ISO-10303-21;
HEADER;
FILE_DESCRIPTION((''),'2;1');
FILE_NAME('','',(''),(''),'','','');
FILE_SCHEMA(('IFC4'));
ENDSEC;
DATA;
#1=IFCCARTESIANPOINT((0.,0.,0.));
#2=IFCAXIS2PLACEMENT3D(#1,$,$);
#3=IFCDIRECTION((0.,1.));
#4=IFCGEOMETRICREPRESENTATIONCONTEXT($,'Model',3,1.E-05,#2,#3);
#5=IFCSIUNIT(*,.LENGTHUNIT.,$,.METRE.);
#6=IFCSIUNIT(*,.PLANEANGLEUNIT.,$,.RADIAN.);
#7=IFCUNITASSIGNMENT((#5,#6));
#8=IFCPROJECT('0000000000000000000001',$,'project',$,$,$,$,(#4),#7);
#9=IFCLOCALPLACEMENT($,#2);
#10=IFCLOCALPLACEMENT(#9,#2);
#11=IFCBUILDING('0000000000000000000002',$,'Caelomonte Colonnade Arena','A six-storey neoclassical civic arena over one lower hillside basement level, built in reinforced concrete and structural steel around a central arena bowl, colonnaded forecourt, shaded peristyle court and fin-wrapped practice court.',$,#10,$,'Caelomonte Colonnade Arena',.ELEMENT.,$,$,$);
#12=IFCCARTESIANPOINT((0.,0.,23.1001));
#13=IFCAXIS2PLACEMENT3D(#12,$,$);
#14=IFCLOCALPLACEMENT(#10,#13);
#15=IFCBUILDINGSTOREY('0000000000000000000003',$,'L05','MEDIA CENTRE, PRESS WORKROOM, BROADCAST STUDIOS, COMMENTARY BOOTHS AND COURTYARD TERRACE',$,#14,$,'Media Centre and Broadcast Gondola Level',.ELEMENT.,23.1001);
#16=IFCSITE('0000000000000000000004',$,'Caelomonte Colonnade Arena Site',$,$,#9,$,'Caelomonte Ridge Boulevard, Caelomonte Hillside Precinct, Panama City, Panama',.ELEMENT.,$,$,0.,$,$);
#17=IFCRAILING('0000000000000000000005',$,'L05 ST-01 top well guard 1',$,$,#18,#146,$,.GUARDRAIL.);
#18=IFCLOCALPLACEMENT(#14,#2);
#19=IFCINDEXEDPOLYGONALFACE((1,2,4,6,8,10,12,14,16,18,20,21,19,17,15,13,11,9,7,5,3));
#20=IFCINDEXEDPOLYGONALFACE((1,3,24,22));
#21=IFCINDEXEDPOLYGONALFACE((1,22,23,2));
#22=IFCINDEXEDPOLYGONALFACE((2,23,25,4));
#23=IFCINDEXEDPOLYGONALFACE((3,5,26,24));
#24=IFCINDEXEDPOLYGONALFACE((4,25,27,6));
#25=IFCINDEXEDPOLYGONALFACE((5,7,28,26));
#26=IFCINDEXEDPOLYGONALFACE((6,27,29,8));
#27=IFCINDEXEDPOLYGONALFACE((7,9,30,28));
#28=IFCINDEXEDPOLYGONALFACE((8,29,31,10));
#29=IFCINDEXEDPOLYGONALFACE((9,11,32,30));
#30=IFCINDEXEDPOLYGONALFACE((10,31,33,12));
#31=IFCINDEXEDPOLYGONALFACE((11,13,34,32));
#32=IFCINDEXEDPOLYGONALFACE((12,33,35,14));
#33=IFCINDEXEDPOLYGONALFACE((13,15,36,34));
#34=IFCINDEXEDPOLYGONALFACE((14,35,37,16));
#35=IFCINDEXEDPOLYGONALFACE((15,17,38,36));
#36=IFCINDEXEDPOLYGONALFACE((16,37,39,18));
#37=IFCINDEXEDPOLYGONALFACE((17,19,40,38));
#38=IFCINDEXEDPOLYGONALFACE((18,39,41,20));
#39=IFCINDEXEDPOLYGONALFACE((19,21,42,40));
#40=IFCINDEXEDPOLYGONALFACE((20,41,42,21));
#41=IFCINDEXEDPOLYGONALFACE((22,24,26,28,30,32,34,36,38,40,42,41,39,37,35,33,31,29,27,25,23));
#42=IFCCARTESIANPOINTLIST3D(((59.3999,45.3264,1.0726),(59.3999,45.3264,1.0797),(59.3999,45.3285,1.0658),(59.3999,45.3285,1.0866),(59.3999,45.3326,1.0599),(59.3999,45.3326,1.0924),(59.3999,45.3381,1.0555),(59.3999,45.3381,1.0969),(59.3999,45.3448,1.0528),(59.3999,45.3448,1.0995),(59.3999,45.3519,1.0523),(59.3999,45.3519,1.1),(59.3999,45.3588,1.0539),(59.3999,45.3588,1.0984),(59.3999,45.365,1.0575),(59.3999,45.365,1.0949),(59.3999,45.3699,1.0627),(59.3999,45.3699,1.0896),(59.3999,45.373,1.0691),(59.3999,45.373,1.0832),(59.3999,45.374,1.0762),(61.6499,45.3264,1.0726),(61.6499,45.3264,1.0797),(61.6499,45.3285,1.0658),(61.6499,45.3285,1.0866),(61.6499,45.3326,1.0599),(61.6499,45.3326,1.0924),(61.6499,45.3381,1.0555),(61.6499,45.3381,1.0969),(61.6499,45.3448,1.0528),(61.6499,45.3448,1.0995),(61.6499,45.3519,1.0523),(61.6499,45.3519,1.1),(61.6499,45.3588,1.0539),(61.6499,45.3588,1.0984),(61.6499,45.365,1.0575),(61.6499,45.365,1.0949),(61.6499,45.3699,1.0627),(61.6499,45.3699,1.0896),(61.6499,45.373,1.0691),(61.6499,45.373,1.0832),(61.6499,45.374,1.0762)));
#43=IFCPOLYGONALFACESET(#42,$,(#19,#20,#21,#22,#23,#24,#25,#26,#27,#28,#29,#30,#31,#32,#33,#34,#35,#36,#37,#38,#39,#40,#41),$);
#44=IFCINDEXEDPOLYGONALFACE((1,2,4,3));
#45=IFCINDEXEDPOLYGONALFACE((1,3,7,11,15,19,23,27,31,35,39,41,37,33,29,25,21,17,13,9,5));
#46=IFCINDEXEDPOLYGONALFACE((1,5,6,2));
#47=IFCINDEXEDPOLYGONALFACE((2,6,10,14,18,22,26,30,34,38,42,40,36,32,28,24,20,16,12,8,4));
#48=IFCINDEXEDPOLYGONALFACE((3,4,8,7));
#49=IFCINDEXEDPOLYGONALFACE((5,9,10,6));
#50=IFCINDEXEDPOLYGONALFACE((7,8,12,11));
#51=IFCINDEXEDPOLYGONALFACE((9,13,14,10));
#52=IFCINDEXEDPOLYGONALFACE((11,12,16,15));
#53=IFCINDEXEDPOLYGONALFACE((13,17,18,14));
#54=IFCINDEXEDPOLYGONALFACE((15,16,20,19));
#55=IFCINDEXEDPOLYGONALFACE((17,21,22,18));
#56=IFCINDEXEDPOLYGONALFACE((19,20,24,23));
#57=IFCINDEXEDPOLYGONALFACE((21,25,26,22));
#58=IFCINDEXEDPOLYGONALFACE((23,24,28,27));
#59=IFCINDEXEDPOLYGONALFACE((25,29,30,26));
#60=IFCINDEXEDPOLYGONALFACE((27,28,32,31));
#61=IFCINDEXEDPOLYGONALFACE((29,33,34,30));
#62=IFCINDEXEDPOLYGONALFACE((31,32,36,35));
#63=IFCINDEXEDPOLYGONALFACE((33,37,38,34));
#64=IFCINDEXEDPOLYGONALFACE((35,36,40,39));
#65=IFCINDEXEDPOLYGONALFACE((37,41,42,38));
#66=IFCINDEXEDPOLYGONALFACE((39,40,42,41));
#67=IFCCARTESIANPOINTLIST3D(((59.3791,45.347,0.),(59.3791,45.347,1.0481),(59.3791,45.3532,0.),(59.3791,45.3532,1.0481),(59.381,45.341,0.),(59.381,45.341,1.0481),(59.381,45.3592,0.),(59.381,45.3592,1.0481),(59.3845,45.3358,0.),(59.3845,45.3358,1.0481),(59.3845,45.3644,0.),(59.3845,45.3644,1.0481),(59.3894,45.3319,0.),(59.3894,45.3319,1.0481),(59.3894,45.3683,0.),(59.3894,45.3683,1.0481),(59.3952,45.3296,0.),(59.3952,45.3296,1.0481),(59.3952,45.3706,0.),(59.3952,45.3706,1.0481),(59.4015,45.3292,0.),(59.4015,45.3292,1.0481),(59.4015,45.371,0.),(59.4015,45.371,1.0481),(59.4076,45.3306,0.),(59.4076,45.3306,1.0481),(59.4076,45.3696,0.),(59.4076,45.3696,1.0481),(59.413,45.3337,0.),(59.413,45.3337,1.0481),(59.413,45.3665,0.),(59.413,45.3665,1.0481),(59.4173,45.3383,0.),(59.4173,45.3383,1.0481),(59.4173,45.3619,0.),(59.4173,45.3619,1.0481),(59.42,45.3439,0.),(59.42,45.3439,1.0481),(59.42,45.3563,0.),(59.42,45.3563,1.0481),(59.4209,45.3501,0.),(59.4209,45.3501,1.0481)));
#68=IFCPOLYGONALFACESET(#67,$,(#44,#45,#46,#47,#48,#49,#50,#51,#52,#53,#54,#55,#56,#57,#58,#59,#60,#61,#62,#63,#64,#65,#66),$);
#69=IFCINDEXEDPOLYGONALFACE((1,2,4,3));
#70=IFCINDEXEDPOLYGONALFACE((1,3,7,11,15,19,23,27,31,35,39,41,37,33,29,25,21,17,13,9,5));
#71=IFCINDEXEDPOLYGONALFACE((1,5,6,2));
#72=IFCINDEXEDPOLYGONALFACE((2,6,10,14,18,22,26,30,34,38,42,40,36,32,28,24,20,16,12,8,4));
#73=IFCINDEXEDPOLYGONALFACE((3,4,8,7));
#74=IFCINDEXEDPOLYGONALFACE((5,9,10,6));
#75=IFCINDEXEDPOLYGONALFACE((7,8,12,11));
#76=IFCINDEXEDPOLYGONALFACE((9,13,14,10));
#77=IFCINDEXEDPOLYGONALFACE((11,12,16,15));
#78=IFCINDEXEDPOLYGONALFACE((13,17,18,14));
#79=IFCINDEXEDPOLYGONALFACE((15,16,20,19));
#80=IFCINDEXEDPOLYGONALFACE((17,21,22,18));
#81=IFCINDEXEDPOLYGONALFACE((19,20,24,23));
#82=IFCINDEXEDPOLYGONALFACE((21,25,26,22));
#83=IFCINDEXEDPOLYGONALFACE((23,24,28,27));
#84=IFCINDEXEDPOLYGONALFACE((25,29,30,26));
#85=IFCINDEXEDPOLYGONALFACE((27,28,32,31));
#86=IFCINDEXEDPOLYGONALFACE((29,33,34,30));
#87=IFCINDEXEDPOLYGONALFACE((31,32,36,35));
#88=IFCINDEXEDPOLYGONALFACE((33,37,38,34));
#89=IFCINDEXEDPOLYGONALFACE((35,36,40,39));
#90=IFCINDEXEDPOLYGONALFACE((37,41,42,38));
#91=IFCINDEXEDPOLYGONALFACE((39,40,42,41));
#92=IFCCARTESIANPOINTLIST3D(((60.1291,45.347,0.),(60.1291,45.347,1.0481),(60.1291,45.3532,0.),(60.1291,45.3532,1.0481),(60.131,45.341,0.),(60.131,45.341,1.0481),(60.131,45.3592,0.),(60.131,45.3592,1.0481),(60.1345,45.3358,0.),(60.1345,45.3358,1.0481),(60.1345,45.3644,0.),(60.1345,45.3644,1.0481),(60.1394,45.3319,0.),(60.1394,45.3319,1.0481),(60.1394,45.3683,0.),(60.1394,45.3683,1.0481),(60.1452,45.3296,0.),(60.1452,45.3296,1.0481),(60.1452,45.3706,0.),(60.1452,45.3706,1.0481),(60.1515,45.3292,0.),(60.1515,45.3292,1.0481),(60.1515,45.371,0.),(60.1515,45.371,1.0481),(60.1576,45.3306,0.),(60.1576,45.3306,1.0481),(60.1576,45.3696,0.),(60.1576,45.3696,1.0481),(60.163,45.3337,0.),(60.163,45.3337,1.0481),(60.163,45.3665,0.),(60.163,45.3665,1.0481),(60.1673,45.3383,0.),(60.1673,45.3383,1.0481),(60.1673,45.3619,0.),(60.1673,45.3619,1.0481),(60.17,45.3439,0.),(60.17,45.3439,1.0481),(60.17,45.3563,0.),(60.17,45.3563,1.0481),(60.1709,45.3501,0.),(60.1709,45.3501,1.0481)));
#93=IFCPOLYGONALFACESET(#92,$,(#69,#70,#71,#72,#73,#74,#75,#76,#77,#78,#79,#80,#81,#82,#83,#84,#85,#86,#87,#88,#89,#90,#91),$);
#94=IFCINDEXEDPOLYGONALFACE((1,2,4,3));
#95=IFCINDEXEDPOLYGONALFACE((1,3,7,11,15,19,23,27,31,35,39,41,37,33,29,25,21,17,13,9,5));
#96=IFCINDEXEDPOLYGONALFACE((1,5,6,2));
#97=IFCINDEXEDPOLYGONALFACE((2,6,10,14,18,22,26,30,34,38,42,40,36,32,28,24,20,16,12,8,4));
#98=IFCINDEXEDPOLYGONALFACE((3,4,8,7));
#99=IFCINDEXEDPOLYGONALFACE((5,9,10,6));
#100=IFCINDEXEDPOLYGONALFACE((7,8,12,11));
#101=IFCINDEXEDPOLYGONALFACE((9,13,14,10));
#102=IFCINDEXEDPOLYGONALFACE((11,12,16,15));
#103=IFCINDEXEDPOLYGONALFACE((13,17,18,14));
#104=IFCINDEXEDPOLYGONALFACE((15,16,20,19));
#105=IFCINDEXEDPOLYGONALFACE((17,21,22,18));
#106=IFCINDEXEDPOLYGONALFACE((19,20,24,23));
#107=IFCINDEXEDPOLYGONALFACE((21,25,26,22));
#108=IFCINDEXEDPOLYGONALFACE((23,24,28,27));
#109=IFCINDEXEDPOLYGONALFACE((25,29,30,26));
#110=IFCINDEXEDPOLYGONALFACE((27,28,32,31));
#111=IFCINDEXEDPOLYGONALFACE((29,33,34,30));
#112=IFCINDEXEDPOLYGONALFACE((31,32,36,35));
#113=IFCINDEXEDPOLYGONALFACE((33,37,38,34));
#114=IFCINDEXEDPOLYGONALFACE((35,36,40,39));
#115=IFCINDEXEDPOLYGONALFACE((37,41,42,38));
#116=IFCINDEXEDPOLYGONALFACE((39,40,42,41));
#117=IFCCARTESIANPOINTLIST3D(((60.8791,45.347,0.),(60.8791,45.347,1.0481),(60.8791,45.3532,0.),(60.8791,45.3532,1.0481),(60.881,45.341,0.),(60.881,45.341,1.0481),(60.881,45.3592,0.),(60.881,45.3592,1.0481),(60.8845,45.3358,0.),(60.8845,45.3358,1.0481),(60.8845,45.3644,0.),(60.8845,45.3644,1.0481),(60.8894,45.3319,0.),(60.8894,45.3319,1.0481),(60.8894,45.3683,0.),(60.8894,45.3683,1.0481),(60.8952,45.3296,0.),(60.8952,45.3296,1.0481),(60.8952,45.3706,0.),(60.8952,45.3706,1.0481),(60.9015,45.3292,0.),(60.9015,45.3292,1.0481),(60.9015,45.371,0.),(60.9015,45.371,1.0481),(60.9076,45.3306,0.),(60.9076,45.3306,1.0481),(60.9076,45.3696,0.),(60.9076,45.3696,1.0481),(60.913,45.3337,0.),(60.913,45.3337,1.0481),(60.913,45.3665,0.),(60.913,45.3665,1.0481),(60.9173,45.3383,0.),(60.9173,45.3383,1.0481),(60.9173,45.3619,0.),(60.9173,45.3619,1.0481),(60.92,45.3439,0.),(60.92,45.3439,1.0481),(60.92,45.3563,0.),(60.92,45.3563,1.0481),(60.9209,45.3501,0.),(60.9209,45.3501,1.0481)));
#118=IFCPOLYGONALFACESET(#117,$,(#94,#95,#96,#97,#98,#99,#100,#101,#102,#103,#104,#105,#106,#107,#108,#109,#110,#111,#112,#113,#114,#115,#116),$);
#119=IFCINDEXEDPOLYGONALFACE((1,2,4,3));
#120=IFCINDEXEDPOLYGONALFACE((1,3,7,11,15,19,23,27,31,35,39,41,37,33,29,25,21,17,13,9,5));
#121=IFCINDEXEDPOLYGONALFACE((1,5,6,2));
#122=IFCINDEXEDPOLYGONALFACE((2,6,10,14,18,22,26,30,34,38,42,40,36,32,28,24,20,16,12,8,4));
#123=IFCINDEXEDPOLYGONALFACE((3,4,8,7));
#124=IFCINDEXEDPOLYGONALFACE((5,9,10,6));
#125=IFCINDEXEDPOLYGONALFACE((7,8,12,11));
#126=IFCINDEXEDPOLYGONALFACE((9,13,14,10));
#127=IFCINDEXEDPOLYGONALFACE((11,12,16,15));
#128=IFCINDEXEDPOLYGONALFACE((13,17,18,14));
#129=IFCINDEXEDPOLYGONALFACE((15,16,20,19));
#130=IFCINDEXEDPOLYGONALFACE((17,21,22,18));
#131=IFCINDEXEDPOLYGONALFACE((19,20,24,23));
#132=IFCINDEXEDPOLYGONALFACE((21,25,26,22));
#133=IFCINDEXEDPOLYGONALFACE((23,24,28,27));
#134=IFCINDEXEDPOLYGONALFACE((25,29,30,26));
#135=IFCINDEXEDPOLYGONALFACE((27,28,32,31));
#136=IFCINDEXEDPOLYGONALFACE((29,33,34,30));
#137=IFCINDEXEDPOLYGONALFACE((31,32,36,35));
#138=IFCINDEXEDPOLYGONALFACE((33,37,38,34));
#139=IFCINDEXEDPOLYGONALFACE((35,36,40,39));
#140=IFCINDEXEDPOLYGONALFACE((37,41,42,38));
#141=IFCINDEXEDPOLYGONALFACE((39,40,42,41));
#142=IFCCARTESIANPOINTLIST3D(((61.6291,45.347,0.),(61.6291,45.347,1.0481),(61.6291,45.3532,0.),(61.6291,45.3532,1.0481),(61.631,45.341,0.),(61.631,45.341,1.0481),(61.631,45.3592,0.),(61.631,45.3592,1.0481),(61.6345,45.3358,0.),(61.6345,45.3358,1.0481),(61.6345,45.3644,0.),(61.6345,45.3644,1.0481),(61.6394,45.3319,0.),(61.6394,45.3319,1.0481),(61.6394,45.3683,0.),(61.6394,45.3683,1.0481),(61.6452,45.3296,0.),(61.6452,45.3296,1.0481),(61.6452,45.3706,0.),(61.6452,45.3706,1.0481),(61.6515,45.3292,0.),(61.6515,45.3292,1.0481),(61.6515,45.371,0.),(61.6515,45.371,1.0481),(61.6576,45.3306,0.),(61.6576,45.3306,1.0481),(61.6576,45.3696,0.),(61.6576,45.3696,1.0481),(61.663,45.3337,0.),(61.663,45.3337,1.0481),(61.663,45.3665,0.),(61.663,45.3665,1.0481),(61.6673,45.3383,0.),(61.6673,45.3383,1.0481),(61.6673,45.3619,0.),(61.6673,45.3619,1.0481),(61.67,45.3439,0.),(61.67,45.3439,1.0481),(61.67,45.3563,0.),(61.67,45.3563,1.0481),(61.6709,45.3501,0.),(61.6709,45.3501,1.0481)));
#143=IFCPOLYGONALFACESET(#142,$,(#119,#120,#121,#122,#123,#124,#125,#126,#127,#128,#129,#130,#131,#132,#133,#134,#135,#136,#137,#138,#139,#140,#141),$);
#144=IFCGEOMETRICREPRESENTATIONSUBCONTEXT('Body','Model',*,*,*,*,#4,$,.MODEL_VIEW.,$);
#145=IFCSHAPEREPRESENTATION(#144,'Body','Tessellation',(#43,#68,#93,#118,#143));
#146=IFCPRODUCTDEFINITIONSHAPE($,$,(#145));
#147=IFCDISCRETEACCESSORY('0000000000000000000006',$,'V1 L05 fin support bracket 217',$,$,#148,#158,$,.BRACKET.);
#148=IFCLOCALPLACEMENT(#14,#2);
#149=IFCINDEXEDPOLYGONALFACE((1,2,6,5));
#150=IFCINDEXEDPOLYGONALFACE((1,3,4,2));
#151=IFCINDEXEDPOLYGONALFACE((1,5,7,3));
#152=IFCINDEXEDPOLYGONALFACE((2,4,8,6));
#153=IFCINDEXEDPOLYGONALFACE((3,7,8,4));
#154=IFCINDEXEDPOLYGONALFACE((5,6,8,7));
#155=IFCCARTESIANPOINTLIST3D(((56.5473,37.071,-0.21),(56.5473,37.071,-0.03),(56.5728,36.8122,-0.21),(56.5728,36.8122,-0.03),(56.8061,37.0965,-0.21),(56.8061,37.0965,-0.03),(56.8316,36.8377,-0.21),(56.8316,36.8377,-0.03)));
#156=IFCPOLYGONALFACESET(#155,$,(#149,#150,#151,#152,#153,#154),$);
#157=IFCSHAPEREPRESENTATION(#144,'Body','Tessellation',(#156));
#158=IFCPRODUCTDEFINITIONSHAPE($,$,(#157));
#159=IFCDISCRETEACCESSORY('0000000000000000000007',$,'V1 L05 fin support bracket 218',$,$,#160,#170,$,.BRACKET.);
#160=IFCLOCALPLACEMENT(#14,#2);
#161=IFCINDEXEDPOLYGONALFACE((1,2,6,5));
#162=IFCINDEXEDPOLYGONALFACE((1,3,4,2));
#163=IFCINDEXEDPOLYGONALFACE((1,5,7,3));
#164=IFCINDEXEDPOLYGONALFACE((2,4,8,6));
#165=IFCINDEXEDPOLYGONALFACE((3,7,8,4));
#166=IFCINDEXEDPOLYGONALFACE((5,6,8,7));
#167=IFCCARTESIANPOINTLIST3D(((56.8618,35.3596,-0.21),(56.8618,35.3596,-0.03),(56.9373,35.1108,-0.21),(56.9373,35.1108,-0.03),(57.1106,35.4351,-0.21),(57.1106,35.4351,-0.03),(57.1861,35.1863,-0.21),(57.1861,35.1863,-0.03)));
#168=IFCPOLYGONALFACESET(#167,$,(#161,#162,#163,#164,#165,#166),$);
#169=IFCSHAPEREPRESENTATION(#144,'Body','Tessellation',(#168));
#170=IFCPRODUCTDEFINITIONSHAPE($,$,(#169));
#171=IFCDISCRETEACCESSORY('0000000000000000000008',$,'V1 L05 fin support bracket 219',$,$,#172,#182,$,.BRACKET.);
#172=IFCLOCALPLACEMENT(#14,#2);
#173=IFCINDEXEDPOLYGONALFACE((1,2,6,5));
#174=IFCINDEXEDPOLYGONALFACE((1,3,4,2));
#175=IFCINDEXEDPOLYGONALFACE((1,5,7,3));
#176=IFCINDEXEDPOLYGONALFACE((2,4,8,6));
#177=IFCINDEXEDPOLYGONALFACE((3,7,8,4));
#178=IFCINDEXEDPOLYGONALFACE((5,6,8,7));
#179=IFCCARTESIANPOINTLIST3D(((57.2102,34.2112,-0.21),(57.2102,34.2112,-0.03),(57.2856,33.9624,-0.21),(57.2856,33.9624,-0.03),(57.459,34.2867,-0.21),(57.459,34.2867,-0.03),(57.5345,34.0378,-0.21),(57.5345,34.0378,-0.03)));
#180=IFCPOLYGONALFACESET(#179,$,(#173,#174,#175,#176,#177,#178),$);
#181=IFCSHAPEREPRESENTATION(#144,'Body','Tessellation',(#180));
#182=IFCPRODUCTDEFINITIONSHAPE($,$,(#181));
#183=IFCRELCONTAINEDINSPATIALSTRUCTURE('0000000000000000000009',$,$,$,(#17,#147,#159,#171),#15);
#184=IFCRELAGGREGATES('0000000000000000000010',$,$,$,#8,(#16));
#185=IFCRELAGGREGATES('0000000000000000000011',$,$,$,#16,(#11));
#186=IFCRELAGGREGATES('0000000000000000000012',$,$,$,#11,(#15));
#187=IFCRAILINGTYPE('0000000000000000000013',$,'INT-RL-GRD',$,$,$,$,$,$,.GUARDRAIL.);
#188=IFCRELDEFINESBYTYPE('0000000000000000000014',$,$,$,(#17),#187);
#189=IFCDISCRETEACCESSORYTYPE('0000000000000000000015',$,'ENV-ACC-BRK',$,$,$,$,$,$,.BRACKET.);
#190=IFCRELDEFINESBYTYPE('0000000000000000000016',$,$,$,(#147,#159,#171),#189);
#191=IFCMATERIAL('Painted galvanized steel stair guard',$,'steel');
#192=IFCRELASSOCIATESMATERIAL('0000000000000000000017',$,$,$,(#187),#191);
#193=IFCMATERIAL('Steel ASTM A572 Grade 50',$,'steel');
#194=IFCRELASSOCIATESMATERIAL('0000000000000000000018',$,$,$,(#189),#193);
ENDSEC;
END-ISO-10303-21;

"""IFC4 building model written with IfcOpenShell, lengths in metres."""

from ifc_helpers import new_model, si_unit, direction, frame, origin, origin_2d, place, context, subcontext, project, spatial, rectangle, circle, extrude, material, type_object, element, save


model = new_model("IFC4")

# Units and contexts
model_context = context("Model", 3, precision=1e-05, world=origin(), true_north=direction((0.0, 1.0)))
body_context = subcontext(model_context, "Body", "Model", "MODEL_VIEW")
ifc_project = project(units=[si_unit("LENGTHUNIT", "METRE"), si_unit("PLANEANGLEUNIT", "RADIAN")], contexts=[model_context])

# Site, building, storey
site_placement = place(None, origin())
site = spatial("IfcSite", under=ifc_project, at=site_placement, Name="Caelomonte Colonnade Arena Site", LongName="Caelomonte Ridge Boulevard, Caelomonte Hillside Precinct, Panama City, Panama", CompositionType="ELEMENT", RefElevation=0.0)
building_placement = place(site_placement, origin())
building = spatial("IfcBuilding", under=site, at=building_placement, Name="Caelomonte Colonnade Arena", Description="A six-storey neoclassical civic arena over one lower hillside basement level, built in reinforced concrete and structural steel around a central arena bowl, colonnaded forecourt, shaded peristyle court and fin-wrapped practice court.", LongName="Caelomonte Colonnade Arena", CompositionType="ELEMENT")
storey_placement = place(building_placement, frame((0.0, 0.0, 23.1001)))
storey = spatial("IfcBuildingStorey", under=building, at=storey_placement, Name="L05", Description="MEDIA CENTRE, PRESS WORKROOM, BROADCAST STUDIOS, COMMENTARY BOOTHS AND COURTYARD TERRACE", LongName="Media Centre and Broadcast Gondola Level", CompositionType="ELEMENT", Elevation=23.1001)

# Railing
ifc_material_1 = material(Name="Painted galvanized steel stair guard", Category="steel")
railing_type = type_object("IfcRailingType", Name="INT-RL-GRD", PredefinedType="GUARDRAIL", material=ifc_material_1)
railing_placement = place(storey_placement, frame((59.3999, 45.3501, 0.0)))
element("IfcRailing", 1, at=railing_placement, inside=storey, type_object=railing_type, Name="L05 ST-01 top well guard 1", PredefinedType="GUARDRAIL", context=body_context, shape_type="SweptSolid", body=[
    extrude(circle(Radius=0.0239, at=origin_2d()), frame((0.0, 0.0, 1.0762), z_axis=(1.0, 0.0, 0.0), x_axis=(0.0, 1.0, 0.0)), (0.0, 0.0, 1.0), 2.25),
    extrude(circle(Radius=0.021, at=origin_2d()), origin(), (0.0, 0.0, 1.0), 1.0481),
    extrude(circle(Radius=0.021, at=origin_2d()), frame((0.75, 0.0, 0.0)), (0.0, 0.0, 1.0), 1.0481),
    extrude(circle(Radius=0.021, at=origin_2d()), frame((1.5, 0.0, 0.0)), (0.0, 0.0, 1.0), 1.0481),
    extrude(circle(Radius=0.021, at=origin_2d()), frame((2.25, 0.0, 0.0)), (0.0, 0.0, 1.0), 1.0481),
])

# Discrete accessories
ifc_material_2 = material(Name="Steel ASTM A572 Grade 50", Category="steel")
discrete_accessory_type = type_object("IfcDiscreteAccessoryType", Name="ENV-ACC-BRK", PredefinedType="BRACKET", material=ifc_material_2)
for number, where, z_axis, x_axis, name in (
    (2, (56.6895, 36.9543, -0.21), (0.0, 0.0, 1.0), (0.098015, -0.995185, 0.0), "V1 L05 fin support bracket 217"),
    (3, (57.0239, 35.2729, -0.21), (0.0, 0.0, 1.0), (0.290276, -0.956943, 0.0), "V1 L05 fin support bracket 218"),
    (4, (57.3723, 34.1245, -0.21), (0.0, 0.0, 1.0), (0.290276, -0.956943, 0.0), "V1 L05 fin support bracket 219"),
):
    element("IfcDiscreteAccessory", number, at=place(storey_placement, frame(where, z_axis=z_axis, x_axis=x_axis)), inside=storey, type_object=discrete_accessory_type, Name=name, PredefinedType="BRACKET", context=body_context, shape_type="SweptSolid", body=[
        extrude(rectangle(XDim=0.26, YDim=0.26, at=origin_2d()), origin(), (0.0, 0.0, 1.0), 0.1799),
    ])

save(model, "model.ifc")
